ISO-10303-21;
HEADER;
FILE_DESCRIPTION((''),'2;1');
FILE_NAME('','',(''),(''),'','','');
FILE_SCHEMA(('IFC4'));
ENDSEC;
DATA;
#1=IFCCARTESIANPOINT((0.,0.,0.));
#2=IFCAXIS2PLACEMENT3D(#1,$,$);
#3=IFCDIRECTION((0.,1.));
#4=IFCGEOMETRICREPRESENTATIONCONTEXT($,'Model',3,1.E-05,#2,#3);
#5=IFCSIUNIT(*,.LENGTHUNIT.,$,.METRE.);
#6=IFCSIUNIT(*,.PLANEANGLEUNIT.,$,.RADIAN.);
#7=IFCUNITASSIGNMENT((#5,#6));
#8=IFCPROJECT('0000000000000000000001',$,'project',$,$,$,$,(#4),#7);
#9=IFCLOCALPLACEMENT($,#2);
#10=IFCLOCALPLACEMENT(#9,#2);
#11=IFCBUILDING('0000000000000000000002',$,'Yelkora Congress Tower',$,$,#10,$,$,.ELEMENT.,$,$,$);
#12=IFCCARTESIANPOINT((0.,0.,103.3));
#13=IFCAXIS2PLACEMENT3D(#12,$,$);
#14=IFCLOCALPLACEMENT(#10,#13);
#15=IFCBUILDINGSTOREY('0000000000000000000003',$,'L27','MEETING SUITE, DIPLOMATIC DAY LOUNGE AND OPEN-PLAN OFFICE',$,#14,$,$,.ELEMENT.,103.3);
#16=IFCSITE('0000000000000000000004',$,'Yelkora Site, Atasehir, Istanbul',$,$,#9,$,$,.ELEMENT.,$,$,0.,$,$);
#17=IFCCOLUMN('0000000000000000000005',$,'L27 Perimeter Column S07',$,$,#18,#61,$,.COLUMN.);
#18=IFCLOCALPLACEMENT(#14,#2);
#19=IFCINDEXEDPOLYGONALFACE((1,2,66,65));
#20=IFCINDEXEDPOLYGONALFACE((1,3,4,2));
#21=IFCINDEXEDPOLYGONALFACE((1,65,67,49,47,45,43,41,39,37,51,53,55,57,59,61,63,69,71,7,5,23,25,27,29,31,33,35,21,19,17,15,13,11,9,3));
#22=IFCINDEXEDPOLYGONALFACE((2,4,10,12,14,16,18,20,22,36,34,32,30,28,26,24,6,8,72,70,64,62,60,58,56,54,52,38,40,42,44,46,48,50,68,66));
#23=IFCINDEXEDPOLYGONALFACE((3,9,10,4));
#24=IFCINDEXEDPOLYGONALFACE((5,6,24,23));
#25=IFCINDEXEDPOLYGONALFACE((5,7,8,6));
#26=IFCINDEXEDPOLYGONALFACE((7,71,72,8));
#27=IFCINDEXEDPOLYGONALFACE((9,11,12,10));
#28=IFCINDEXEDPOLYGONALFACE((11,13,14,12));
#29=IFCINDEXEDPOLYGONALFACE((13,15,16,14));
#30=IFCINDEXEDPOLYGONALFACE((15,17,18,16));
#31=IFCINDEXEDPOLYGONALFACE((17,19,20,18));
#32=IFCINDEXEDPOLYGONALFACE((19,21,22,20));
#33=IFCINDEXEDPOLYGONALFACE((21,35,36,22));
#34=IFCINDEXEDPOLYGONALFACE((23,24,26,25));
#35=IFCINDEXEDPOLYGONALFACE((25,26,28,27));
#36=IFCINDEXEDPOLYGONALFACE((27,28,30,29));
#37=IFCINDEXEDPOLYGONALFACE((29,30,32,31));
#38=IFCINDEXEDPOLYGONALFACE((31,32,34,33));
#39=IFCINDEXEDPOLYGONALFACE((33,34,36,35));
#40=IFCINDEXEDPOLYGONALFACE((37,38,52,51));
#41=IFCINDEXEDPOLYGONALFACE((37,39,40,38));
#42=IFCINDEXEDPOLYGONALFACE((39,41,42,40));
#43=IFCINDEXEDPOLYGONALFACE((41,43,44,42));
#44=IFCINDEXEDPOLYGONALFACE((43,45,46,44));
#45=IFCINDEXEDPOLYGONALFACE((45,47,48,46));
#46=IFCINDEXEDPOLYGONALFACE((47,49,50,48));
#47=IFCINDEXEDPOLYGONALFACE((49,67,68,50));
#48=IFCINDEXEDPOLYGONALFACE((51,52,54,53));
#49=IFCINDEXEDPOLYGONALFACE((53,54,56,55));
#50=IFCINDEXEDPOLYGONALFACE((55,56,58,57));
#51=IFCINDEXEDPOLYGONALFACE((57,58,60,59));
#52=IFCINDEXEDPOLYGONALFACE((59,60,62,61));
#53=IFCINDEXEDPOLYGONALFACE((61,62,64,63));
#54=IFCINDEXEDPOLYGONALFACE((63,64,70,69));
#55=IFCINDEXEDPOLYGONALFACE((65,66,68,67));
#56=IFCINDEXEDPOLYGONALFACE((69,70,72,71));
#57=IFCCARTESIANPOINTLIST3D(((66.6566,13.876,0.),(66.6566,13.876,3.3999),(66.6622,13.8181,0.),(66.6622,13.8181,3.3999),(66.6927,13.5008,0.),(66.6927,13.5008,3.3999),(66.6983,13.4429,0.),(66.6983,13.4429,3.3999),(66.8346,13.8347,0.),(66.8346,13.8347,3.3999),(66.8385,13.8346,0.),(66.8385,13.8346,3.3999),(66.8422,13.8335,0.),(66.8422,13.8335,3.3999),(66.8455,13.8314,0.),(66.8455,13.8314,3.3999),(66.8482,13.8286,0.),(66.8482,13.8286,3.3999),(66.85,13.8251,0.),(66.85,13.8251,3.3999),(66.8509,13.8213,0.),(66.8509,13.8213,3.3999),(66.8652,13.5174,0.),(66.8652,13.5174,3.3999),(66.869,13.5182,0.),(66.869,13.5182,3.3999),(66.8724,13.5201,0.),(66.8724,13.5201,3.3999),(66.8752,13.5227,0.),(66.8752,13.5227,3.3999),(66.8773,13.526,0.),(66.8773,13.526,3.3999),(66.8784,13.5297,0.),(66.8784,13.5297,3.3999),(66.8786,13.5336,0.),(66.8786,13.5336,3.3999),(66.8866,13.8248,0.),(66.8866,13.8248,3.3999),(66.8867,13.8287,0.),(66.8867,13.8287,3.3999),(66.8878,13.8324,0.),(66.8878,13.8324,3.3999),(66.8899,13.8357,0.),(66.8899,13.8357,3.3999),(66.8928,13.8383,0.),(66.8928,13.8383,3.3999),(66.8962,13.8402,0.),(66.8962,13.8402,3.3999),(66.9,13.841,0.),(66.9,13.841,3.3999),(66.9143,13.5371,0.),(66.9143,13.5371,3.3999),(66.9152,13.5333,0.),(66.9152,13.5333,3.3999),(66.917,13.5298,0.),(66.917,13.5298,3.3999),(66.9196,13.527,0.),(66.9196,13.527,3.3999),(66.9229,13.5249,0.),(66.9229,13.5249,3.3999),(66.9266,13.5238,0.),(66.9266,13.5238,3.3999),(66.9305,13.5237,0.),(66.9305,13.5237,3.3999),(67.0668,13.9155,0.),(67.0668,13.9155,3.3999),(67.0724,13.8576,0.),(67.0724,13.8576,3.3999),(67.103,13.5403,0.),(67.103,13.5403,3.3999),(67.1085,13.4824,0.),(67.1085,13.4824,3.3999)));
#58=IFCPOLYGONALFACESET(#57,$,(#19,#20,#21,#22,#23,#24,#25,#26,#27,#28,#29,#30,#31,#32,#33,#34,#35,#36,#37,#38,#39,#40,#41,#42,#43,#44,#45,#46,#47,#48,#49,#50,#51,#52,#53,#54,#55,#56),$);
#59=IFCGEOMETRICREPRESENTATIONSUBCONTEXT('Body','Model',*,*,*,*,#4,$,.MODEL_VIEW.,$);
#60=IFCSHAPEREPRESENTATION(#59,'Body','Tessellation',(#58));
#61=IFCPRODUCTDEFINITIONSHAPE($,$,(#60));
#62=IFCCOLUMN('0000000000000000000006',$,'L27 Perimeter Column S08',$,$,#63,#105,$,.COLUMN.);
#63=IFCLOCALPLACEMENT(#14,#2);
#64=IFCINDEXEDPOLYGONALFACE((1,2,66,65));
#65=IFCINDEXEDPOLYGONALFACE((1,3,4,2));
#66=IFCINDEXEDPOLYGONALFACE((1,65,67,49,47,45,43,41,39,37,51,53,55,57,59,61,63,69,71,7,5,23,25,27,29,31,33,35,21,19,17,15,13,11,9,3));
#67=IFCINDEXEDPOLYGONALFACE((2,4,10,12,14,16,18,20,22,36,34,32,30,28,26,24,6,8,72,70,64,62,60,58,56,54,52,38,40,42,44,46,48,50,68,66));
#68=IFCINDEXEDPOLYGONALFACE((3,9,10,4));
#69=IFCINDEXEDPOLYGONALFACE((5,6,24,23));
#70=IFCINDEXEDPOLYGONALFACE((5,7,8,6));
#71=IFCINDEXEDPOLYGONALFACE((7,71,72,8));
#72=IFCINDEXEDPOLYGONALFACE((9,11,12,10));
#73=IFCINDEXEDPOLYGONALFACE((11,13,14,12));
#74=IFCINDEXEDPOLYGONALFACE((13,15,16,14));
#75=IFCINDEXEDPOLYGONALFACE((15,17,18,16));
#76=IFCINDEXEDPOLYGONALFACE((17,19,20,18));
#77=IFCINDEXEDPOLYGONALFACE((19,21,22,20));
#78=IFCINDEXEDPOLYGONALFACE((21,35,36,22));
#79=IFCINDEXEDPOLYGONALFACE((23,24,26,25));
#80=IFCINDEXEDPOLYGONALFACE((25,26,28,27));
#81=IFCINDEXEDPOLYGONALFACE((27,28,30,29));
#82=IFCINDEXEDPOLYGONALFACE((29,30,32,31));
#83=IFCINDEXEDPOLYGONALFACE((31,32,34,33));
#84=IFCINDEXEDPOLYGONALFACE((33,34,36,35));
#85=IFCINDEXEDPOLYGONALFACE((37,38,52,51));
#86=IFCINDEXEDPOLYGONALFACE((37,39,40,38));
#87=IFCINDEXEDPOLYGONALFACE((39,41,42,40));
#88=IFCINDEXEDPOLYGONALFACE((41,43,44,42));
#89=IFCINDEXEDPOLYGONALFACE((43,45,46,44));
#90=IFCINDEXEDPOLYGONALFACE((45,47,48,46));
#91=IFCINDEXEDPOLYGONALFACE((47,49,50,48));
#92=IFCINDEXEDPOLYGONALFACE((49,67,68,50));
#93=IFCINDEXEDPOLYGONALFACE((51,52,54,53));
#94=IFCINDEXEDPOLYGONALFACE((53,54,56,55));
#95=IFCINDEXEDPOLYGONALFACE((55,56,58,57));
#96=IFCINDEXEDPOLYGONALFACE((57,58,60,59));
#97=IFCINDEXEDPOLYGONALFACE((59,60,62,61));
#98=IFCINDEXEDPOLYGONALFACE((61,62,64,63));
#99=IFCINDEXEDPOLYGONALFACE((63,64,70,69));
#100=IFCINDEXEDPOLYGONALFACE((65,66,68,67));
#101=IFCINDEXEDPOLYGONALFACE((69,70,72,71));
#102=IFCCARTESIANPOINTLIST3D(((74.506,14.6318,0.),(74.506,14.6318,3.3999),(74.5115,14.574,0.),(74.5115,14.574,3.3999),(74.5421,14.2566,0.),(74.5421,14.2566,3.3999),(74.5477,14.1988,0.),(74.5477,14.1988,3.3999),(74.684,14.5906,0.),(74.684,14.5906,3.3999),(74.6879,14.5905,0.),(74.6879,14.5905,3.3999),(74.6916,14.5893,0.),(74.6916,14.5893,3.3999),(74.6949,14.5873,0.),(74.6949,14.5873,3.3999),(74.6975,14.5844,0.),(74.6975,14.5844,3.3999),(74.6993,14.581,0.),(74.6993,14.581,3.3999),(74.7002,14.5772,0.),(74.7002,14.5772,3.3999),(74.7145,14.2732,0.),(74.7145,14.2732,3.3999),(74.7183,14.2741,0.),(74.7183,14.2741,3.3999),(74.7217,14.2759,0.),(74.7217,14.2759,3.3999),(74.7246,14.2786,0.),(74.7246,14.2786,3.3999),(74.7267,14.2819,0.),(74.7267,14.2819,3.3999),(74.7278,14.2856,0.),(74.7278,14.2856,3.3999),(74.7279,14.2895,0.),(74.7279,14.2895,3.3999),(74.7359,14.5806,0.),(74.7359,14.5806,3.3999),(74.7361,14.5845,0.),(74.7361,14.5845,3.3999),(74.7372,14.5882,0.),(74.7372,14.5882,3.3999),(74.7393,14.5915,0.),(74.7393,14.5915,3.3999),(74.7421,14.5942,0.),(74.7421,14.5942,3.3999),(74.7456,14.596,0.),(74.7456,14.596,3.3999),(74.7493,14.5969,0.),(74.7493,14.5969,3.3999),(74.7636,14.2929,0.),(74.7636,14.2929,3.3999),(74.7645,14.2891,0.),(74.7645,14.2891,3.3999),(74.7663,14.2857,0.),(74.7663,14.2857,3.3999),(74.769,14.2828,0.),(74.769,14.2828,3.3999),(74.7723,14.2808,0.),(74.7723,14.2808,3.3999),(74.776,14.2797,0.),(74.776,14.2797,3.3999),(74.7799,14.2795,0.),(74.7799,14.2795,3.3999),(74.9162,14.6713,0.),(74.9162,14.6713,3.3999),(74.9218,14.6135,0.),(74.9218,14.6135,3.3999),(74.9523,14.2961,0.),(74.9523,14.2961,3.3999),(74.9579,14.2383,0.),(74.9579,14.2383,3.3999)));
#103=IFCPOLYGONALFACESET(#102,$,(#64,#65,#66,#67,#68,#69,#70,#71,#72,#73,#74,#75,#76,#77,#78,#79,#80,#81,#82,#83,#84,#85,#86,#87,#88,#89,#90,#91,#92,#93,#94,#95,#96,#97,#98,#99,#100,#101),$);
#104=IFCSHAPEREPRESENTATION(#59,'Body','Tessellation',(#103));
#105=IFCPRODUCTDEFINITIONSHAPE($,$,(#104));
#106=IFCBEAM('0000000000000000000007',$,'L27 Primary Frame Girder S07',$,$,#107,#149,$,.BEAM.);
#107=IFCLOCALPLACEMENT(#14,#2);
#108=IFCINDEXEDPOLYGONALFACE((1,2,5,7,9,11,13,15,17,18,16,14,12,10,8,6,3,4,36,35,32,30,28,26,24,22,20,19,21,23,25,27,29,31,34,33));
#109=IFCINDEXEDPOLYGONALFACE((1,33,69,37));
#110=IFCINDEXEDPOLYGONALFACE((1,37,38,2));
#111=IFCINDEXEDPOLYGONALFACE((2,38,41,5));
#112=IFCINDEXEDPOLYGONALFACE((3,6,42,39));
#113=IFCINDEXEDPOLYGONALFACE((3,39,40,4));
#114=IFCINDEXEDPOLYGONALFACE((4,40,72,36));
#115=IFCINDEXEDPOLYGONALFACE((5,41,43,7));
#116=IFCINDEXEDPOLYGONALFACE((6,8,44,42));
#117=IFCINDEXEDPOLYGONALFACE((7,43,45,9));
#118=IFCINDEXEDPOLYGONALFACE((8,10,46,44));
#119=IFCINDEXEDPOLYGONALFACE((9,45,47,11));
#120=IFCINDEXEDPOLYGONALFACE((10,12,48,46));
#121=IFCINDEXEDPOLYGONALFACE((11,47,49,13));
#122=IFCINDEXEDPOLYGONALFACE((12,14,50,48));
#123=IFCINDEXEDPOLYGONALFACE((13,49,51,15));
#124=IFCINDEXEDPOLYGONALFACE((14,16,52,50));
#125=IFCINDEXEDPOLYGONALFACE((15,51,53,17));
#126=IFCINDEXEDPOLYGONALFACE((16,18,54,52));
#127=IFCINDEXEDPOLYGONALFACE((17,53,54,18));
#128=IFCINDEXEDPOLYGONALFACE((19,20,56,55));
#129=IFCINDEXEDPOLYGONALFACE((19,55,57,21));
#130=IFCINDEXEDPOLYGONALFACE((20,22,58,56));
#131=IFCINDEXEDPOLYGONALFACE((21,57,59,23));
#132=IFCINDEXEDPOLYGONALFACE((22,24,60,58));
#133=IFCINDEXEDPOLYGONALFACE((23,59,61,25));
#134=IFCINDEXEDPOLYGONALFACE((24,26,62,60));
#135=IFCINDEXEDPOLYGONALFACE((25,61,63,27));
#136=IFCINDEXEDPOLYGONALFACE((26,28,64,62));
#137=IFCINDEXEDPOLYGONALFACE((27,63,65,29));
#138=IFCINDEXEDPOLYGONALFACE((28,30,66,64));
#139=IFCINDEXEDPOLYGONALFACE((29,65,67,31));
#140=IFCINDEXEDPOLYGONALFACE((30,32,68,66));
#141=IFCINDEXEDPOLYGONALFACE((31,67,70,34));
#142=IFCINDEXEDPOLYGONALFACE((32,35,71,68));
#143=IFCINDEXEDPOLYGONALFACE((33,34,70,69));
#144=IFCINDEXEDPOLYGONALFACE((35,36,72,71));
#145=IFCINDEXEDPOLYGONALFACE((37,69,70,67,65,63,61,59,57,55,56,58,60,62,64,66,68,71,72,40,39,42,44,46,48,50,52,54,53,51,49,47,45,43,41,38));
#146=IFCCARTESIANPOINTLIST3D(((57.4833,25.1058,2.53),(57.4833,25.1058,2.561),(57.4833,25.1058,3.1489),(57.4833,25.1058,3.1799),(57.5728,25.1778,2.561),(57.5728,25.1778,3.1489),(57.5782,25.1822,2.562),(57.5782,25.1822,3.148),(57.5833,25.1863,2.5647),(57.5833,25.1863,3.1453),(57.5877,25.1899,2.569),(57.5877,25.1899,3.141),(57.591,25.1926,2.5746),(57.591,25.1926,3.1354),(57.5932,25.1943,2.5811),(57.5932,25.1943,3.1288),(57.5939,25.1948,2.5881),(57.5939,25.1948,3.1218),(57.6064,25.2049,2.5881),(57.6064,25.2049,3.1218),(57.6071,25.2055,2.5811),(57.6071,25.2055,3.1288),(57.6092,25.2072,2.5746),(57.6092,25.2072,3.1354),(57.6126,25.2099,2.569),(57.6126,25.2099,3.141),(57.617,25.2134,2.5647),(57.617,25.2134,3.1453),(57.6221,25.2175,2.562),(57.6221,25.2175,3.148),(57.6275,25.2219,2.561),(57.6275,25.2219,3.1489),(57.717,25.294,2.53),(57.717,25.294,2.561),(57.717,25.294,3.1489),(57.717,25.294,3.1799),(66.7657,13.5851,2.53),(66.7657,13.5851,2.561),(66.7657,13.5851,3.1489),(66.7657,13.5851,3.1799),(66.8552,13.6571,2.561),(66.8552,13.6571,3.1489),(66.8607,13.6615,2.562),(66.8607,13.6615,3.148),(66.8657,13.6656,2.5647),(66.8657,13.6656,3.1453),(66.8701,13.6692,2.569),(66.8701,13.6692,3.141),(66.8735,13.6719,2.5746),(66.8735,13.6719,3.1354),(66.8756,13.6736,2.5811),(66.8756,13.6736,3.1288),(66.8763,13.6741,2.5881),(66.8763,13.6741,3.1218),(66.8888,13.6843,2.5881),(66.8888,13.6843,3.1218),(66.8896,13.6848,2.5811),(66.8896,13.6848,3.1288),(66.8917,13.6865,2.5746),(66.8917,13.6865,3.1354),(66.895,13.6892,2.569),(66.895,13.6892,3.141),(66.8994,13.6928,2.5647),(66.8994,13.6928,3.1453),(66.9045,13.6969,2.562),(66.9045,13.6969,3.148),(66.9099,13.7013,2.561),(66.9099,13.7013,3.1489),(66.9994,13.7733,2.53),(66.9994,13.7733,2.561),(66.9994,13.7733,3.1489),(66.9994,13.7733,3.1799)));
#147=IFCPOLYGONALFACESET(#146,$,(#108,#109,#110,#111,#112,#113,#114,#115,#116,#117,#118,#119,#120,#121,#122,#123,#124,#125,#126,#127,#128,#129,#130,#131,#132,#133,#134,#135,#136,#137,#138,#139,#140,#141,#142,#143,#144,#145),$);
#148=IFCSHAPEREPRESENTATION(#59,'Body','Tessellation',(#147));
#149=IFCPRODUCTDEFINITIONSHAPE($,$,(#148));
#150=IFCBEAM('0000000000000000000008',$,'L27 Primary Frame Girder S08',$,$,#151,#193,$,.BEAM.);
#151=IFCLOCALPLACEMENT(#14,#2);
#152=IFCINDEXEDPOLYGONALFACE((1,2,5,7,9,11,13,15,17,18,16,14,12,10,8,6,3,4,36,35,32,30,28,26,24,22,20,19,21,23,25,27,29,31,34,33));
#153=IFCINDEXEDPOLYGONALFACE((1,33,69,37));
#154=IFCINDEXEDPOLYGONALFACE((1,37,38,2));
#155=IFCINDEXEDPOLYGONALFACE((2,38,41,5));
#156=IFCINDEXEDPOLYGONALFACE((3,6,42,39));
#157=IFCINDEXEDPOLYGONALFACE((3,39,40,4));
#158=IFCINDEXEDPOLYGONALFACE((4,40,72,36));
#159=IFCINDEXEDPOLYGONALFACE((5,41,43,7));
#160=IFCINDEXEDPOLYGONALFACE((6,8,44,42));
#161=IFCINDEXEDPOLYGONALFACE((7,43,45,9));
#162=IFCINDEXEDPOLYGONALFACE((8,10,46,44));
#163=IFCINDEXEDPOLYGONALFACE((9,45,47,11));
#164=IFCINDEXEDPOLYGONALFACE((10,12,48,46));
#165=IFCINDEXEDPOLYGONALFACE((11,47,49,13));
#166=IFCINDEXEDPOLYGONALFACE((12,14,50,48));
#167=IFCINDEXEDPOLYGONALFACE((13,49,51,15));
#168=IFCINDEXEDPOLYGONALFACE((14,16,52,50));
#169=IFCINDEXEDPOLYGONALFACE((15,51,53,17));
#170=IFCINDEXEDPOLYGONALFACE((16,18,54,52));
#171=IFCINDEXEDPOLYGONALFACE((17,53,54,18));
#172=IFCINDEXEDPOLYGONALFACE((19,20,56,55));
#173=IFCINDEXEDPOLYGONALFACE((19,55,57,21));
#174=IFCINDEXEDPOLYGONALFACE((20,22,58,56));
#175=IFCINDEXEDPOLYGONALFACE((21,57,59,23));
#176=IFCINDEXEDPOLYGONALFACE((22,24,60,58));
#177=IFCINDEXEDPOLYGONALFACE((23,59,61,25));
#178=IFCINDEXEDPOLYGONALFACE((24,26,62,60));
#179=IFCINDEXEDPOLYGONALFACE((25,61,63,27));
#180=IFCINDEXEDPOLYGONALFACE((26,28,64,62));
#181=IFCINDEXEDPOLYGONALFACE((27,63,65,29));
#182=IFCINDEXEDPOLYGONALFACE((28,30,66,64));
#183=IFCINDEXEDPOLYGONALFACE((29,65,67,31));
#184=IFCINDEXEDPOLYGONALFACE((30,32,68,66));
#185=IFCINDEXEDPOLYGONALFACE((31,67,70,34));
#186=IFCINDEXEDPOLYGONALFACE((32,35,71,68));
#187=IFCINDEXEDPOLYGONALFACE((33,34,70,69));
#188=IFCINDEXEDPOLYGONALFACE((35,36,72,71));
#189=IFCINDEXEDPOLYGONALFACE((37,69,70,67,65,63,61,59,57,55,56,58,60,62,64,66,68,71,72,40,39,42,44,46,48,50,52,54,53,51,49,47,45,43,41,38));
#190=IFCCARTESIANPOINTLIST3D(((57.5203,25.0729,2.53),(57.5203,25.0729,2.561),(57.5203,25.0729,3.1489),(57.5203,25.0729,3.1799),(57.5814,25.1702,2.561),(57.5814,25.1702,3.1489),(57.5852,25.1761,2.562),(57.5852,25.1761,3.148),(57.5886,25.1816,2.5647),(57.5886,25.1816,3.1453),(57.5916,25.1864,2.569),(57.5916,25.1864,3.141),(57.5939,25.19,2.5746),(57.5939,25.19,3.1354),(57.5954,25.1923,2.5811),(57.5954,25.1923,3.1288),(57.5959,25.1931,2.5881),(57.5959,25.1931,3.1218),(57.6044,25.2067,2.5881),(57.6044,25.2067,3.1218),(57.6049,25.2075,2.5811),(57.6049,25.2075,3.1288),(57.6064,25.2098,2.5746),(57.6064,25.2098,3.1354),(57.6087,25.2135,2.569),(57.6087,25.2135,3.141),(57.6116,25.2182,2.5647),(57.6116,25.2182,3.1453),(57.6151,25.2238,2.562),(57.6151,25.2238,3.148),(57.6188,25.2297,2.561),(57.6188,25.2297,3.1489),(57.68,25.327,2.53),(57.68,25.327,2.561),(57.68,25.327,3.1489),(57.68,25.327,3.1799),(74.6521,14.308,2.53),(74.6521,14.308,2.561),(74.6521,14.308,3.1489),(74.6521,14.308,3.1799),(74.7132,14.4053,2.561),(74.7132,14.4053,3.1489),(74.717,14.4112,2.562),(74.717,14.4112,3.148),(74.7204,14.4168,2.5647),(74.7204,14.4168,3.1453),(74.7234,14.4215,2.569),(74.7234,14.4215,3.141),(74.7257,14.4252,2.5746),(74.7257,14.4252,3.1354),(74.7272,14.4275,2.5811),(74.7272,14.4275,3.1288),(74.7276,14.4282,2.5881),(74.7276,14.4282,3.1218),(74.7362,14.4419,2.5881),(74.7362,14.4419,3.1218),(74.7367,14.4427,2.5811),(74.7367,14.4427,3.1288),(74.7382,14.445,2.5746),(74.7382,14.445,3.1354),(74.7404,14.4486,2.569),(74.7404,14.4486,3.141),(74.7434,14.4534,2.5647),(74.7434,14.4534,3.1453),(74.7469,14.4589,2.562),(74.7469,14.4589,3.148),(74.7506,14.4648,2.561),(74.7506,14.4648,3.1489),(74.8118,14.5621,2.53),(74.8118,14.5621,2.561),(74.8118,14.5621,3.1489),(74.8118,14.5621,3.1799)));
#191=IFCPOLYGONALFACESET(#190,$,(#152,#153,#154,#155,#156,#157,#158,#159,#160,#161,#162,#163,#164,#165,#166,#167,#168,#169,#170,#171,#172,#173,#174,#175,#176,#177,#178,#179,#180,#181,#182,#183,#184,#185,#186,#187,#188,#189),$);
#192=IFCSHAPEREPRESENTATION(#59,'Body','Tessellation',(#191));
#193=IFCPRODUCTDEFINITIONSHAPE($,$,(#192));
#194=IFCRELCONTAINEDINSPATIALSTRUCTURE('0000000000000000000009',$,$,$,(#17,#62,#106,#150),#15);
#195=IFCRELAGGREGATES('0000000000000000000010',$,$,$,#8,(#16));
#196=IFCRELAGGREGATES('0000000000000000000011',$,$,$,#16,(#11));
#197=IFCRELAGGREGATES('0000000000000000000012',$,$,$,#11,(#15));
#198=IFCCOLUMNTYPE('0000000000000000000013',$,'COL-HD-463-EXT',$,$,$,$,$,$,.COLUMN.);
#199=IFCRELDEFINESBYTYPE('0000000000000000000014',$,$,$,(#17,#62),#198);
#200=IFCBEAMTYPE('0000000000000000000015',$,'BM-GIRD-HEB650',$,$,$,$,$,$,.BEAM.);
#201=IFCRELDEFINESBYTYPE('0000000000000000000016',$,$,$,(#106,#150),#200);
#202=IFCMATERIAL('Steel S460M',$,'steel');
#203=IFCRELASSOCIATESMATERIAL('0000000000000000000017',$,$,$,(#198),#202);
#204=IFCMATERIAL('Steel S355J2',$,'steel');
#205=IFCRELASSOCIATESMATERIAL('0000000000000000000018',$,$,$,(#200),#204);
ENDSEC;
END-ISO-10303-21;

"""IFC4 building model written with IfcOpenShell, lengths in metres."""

from ifc_helpers import new_model, si_unit, direction, frame, origin, origin_2d, place, context, subcontext, project, spatial, i_section, extrude, material, material_profile, profile_set, type_object, element, save


model = new_model("IFC4")

# Units and contexts
model_context = context("Model", 3, precision=1e-05, world=origin(), true_north=direction((0.0, 1.0)))
body_context = subcontext(model_context, "Body", "Model", "MODEL_VIEW")
ifc_project = project(units=[si_unit("LENGTHUNIT", "METRE"), si_unit("PLANEANGLEUNIT", "RADIAN")], contexts=[model_context])

# Site, building, storey
site_placement = place(None, origin())
site = spatial("IfcSite", under=ifc_project, at=site_placement, Name="Yelkora Site, Atasehir, Istanbul", CompositionType="ELEMENT", RefElevation=0.0)
building_placement = place(site_placement, origin())
building = spatial("IfcBuilding", under=site, at=building_placement, Name="Yelkora Congress Tower", CompositionType="ELEMENT")
storey_placement = place(building_placement, frame((0.0, 0.0, 103.3)))
storey = spatial("IfcBuildingStorey", under=building, at=storey_placement, Name="L27", Description="MEETING SUITE, DIPLOMATIC DAY LOUNGE AND OPEN-PLAN OFFICE", CompositionType="ELEMENT", Elevation=103.3)

# Columns
ifc_material_1 = material(Name="Steel S460M", Category="steel")
ifc_material_profile_1 = material_profile(ifc_material_1, i_section(OverallWidth=0.4121, OverallDepth=0.4351, WebThickness=0.0359, FlangeThickness=0.0581, FilletRadius=0.0149, at=origin_2d()), Name="HD 400x463")
ifc_profile_set_1 = profile_set([ifc_material_profile_1], Name="Steel S460M")
column_type = type_object("IfcColumnType", Name="COL-HD-463-EXT", PredefinedType="COLUMN", material=ifc_profile_set_1)
for number, where, z_axis, x_axis, name in (
    (1, (66.8826, 13.6792, 0.0), (0.0, 0.0, 1.0), (0.995396, 0.095846, 0.0), "L27 Perimeter Column S07"),
    (2, (74.7319, 14.4351, 0.0), (0.0, 0.0, 1.0), (0.995396, 0.095846, 0.0), "L27 Perimeter Column S08"),
):
    element("IfcColumn", number, at=place(storey_placement, frame(where, z_axis=z_axis, x_axis=x_axis)), inside=storey, type_object=column_type, Name=name, PredefinedType="COLUMN", context=body_context, shape_type="SweptSolid", body=[
        extrude(i_section(OverallWidth=0.4121, OverallDepth=0.4351, WebThickness=0.0359, FlangeThickness=0.0581, FilletRadius=0.0149, at=origin_2d()), origin(), (0.0, 0.0, 1.0), 3.3999),
    ])

# Beams
ifc_material_2 = material(Name="Steel S355J2", Category="steel")
ifc_material_profile_2 = material_profile(ifc_material_2, i_section(OverallWidth=0.3, OverallDepth=0.6499, WebThickness=0.0161, FlangeThickness=0.031, FilletRadius=0.0271, at=origin_2d()), Name="HEB 650")
ifc_profile_set_2 = profile_set([ifc_material_profile_2], Name="Steel S355J2")
beam_type_1 = type_object("IfcBeamType", Name="BM-GIRD-HEB650", PredefinedType="BEAM", material=ifc_profile_set_2)
beam_1_placement = place(storey_placement, frame((66.8826, 13.6792, 2.855), z_axis=(-0.627406, 0.778692, 0.0), x_axis=(-0.778692, -0.627406, 0.0)))
element("IfcBeam", 3, at=beam_1_placement, inside=storey, type_object=beam_type_1, Name="L27 Primary Frame Girder S07", PredefinedType="BEAM", context=body_context, shape_type="SweptSolid", body=[
    extrude(i_section(OverallWidth=0.3, OverallDepth=0.6499, WebThickness=0.0161, FlangeThickness=0.031, FilletRadius=0.0271, at=origin_2d()), origin(), (0.0, 0.0, 1.0), 14.7949),
])
beam_2_placement = place(storey_placement, frame((74.7319, 14.4351, 2.855), z_axis=(-0.846719, 0.532041, 0.0), x_axis=(-0.532041, -0.846719, 0.0)))
element("IfcBeam", 4, at=beam_2_placement, inside=storey, type_object=beam_type_1, Name="L27 Primary Frame Girder S08", PredefinedType="BEAM", context=body_context, shape_type="SweptSolid", body=[
    extrude(i_section(OverallWidth=0.3, OverallDepth=0.6499, WebThickness=0.0161, FlangeThickness=0.031, FilletRadius=0.0271, at=origin_2d()), origin(), (0.0, 0.0, 1.0), 20.2332),
])

save(model, "model.ifc")
